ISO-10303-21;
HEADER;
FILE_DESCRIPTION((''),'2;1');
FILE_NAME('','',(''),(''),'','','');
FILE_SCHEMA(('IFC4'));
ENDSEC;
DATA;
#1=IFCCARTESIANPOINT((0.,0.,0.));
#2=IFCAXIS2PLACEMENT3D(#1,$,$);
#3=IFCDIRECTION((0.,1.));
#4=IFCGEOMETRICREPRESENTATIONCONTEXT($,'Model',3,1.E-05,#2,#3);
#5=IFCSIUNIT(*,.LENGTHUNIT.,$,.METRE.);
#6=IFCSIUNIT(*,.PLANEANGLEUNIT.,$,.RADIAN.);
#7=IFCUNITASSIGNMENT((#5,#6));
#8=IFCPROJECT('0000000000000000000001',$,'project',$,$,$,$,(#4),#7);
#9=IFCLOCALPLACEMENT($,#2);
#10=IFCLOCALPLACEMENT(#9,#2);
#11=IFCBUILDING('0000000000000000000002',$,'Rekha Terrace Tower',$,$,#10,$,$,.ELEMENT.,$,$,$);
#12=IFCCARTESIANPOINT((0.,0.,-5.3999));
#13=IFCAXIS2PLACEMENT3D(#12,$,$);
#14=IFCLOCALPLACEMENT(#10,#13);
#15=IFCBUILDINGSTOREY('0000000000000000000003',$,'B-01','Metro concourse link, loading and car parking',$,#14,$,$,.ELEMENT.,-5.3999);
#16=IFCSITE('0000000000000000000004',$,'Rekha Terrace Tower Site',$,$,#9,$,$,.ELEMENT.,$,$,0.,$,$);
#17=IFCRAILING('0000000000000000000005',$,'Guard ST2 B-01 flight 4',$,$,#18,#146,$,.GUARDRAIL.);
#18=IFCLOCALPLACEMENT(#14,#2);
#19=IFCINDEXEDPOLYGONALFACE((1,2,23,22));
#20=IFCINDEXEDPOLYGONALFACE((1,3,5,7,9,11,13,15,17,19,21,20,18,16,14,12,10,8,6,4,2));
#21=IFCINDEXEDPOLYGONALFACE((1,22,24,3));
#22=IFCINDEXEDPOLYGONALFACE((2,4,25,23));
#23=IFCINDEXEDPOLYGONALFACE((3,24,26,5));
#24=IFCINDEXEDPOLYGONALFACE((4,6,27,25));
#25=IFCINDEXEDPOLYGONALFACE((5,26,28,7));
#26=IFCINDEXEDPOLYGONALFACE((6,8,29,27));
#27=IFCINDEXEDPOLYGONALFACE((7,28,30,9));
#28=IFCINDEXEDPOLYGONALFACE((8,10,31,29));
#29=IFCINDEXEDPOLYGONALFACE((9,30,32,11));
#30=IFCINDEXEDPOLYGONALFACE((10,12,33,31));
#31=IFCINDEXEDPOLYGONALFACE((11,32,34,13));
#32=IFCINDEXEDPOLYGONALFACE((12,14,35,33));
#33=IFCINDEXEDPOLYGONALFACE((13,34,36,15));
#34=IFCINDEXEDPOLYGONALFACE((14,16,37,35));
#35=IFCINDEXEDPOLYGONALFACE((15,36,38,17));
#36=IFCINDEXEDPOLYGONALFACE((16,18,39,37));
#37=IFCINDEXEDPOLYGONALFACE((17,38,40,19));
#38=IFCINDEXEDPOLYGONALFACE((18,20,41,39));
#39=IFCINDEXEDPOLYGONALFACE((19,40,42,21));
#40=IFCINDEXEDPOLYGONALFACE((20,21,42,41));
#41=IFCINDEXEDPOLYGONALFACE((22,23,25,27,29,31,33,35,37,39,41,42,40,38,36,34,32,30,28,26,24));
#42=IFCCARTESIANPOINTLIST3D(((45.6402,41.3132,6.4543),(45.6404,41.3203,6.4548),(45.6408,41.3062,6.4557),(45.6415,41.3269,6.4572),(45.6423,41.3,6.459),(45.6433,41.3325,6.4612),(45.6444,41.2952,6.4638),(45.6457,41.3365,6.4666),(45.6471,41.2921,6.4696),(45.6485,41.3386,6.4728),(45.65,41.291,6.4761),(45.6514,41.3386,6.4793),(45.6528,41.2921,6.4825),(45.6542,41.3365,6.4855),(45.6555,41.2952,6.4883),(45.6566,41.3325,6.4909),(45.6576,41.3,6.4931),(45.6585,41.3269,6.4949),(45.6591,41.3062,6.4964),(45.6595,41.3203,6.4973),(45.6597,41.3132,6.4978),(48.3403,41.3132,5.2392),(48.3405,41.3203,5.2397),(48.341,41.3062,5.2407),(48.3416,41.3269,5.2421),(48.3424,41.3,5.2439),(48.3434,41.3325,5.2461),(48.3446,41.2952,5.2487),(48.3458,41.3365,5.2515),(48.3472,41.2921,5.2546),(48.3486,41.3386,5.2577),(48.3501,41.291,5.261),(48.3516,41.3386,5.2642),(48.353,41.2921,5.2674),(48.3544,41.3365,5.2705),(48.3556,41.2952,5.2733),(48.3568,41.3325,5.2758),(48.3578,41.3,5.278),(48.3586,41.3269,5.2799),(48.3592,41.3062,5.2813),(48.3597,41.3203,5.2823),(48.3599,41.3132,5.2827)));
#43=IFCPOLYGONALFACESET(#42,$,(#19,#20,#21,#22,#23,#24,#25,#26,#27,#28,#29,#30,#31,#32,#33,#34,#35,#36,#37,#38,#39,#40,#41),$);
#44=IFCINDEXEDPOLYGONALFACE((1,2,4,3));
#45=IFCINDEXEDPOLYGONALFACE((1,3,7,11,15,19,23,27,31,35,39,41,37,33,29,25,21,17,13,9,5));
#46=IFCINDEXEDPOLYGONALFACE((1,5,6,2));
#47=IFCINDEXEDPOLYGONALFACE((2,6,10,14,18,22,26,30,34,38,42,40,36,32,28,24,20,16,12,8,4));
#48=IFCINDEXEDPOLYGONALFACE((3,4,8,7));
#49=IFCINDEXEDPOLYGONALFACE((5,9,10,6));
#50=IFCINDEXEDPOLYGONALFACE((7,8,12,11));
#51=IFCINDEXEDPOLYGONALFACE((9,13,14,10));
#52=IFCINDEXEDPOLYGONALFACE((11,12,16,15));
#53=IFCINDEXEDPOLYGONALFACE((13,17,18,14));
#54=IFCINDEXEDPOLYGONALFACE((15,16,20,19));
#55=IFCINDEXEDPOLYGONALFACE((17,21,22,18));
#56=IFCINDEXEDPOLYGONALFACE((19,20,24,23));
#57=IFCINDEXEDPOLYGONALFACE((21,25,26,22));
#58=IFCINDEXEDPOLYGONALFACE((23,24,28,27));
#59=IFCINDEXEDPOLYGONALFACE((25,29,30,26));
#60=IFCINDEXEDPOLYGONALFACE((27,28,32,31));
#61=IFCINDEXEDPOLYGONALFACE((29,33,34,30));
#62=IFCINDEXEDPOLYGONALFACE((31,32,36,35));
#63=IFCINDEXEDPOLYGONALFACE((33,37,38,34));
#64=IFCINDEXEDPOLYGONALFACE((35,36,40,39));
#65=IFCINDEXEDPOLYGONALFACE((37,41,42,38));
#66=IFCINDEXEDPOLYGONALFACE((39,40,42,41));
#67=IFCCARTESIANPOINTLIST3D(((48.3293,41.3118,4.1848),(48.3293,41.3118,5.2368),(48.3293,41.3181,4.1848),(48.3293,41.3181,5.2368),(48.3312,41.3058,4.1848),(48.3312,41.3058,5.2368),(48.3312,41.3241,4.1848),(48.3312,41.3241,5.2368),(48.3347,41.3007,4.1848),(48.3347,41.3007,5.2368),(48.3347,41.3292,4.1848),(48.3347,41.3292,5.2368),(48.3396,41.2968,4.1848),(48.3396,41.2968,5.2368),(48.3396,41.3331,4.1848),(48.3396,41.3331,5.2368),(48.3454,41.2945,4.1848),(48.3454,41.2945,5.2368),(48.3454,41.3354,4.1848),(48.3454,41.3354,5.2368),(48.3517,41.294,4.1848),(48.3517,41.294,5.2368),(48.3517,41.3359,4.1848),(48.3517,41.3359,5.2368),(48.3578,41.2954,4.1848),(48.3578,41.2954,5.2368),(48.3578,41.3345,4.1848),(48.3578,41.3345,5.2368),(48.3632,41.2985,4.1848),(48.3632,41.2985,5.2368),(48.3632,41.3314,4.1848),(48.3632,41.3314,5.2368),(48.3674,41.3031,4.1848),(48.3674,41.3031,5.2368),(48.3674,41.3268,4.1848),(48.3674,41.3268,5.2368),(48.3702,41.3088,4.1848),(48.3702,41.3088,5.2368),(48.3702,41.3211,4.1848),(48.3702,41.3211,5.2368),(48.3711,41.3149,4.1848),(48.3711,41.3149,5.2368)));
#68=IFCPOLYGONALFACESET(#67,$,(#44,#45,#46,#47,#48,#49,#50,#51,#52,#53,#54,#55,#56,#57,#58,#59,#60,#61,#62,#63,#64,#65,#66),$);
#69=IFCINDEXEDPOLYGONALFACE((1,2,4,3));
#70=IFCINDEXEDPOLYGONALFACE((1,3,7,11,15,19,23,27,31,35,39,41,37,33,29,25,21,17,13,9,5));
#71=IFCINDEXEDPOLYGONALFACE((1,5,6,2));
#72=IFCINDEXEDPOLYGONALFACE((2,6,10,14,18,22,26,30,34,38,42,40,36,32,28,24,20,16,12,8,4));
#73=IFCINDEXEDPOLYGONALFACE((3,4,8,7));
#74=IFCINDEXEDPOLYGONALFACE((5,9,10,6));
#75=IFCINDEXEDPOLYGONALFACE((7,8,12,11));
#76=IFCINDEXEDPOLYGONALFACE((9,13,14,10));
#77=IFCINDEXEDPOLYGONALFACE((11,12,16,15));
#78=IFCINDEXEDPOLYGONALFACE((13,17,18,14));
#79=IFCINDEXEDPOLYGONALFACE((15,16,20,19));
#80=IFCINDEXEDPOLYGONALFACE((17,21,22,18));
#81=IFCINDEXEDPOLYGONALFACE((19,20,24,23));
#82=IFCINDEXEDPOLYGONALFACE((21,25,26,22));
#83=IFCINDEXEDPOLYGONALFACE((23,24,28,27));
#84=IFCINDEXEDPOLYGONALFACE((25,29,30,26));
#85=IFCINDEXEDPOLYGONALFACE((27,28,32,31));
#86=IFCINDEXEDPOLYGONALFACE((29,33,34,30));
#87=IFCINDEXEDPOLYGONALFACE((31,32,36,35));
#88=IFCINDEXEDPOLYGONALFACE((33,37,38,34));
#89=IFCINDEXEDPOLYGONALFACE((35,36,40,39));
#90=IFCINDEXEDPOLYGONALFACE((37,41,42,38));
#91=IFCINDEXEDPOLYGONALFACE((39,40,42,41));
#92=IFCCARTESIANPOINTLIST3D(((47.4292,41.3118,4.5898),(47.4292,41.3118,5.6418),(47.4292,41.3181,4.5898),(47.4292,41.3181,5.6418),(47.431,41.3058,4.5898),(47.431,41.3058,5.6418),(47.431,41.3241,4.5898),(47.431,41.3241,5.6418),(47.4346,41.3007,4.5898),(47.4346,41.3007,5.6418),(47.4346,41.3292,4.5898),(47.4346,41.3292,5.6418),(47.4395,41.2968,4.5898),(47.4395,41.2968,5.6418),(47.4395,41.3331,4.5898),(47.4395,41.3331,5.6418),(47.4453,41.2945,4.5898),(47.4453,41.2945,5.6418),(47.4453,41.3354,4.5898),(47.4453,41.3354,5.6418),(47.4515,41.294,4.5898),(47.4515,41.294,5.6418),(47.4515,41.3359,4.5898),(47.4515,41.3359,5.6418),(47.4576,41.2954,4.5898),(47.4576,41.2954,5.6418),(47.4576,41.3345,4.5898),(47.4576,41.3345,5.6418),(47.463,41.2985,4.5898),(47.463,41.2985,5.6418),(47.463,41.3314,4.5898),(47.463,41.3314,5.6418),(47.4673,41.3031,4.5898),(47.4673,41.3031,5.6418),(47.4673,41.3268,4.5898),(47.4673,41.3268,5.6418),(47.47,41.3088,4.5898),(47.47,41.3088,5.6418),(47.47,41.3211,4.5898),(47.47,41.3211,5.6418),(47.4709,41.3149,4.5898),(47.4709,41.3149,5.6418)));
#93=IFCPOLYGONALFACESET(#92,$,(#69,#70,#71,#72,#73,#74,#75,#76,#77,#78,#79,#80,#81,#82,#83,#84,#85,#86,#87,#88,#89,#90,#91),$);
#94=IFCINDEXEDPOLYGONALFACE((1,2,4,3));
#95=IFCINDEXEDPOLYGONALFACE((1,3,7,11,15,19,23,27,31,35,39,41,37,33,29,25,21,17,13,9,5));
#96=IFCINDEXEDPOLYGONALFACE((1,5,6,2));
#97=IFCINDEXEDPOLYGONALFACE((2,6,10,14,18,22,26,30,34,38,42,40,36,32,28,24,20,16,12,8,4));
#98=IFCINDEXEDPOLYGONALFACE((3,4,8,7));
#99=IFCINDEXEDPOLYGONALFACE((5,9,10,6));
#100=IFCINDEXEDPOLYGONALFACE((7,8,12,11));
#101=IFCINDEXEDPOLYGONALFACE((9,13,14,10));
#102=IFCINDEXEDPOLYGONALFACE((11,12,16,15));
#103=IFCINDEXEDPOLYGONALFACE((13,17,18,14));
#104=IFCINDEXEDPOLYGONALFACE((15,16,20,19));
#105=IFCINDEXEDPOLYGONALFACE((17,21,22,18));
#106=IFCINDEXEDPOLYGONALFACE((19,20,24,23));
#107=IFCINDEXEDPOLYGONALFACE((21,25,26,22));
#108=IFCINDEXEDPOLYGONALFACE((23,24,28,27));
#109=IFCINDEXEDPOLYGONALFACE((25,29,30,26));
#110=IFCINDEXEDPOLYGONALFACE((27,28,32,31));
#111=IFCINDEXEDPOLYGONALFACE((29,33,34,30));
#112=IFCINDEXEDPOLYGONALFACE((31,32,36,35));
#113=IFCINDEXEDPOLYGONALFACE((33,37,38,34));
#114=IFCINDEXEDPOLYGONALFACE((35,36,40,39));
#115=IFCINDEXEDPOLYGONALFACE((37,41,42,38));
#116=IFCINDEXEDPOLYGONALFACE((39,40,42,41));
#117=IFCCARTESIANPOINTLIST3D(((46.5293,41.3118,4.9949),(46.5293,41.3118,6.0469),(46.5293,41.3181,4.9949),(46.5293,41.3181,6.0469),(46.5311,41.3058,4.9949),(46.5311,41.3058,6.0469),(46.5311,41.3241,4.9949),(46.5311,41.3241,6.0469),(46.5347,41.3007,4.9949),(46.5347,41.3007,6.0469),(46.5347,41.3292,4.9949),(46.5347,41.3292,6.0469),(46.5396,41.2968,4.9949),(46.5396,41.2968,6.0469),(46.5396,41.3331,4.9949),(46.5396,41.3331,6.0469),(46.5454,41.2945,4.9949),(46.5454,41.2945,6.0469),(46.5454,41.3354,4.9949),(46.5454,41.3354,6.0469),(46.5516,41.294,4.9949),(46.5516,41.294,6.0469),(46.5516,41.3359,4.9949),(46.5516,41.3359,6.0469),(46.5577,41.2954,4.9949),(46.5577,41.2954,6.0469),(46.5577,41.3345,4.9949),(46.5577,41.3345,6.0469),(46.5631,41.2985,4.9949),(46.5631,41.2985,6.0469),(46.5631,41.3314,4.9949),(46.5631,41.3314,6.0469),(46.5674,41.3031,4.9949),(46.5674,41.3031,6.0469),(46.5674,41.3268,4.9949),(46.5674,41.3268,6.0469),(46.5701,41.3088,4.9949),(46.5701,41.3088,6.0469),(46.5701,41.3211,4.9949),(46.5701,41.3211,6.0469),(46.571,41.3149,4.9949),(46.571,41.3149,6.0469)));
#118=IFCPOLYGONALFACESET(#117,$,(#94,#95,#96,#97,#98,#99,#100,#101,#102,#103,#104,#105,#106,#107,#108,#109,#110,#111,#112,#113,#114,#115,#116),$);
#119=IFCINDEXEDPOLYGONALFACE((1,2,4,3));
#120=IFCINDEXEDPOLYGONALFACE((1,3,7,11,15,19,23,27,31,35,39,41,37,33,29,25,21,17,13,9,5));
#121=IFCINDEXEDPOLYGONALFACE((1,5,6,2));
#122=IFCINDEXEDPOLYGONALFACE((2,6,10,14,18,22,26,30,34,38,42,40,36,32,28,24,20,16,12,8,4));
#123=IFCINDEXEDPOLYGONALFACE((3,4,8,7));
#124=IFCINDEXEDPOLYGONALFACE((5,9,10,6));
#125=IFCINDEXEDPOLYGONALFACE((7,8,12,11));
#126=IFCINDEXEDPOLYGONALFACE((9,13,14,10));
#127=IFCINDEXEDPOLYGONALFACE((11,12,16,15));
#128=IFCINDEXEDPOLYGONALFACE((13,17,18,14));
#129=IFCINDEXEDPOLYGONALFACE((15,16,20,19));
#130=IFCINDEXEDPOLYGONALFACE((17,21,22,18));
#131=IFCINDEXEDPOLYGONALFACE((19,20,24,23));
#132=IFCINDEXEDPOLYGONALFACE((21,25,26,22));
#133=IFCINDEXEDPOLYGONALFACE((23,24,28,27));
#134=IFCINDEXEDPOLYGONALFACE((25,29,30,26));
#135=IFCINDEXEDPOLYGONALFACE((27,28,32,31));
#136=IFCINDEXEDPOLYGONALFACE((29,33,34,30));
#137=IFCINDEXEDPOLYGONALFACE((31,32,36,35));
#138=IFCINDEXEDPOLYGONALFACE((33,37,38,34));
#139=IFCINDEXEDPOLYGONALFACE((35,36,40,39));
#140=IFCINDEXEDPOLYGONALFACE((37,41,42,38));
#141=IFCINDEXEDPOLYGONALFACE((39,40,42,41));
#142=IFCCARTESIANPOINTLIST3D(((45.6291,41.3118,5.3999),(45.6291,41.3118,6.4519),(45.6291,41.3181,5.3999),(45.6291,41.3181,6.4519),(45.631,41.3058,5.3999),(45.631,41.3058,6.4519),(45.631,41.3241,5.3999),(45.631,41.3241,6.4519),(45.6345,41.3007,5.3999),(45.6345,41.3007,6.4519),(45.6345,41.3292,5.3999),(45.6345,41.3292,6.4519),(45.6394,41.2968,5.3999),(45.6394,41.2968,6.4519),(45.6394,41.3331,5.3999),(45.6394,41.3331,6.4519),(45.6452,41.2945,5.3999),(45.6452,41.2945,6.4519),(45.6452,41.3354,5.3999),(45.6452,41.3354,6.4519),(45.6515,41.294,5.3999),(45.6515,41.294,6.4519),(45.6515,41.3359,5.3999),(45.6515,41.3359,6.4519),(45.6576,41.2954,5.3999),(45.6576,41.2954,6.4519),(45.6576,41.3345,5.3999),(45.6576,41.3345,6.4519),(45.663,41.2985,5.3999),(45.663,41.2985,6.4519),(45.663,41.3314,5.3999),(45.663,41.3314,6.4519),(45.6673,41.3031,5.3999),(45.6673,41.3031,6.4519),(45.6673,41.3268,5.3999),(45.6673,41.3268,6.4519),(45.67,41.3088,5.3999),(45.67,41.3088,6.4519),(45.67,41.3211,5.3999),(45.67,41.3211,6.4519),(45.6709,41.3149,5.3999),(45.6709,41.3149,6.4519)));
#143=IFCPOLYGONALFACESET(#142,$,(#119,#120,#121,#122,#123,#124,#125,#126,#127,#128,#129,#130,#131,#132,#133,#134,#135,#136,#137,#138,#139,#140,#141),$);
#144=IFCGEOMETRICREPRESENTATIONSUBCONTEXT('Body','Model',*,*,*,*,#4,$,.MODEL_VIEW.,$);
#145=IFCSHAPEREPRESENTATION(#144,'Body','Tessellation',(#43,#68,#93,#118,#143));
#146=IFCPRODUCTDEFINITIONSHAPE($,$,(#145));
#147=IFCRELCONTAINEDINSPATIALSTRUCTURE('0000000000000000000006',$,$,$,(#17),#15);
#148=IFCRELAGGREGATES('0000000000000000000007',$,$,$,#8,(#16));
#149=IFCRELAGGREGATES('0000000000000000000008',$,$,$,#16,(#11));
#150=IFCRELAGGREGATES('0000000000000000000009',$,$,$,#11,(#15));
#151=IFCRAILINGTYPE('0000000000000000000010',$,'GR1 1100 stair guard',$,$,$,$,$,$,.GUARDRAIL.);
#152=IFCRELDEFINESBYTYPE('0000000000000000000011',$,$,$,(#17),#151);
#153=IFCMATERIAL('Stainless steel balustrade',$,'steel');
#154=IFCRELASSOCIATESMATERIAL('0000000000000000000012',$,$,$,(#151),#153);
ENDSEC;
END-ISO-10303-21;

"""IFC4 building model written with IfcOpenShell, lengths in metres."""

from ifc_helpers import new_model, si_unit, direction, frame, origin, origin_2d, place, context, subcontext, project, spatial, circle, extrude, material, type_object, element, save


model = new_model("IFC4")

# Units and contexts
model_context = context("Model", 3, precision=1e-05, world=origin(), true_north=direction((0.0, 1.0)))
body_context = subcontext(model_context, "Body", "Model", "MODEL_VIEW")
ifc_project = project(units=[si_unit("LENGTHUNIT", "METRE"), si_unit("PLANEANGLEUNIT", "RADIAN")], contexts=[model_context])

# Site, building, storey
site_placement = place(None, origin())
site = spatial("IfcSite", under=ifc_project, at=site_placement, Name="Rekha Terrace Tower Site", CompositionType="ELEMENT", RefElevation=0.0)
building_placement = place(site_placement, origin())
building = spatial("IfcBuilding", under=site, at=building_placement, Name="Rekha Terrace Tower", CompositionType="ELEMENT")
storey_placement = place(building_placement, frame((0.0, 0.0, -5.3999)))
storey = spatial("IfcBuildingStorey", under=building, at=storey_placement, Name="B-01", Description="Metro concourse link, loading and car parking", CompositionType="ELEMENT", Elevation=-5.3999)

# Railing
ifc_material_1 = material(Name="Stainless steel balustrade", Category="steel")
railing_type_1 = type_object("IfcRailingType", Name="GR1 1100 stair guard", PredefinedType="GUARDRAIL", material=ifc_material_1)
railing_1_placement = place(storey_placement, frame((48.3501, 41.3149, 4.1848)))
element("IfcRailing", 1, at=railing_1_placement, inside=storey, type_object=railing_type_1, Name="Guard ST2 B-01 flight 4", PredefinedType="GUARDRAIL", context=body_context, shape_type="SweptSolid", body=[
    extrude(circle(Radius=0.0239, at=origin_2d()), frame((0.0, 0.0, 1.0762), z_axis=(-0.911922, 0.0, 0.410365), x_axis=(0.0, -1.0, 0.0)), (0.0, 0.0, 1.0), 2.9609),
    extrude(circle(Radius=0.021, at=origin_2d()), origin(), (0.0, 0.0, 1.0), 1.052),
    extrude(circle(Radius=0.021, at=origin_2d()), frame((-0.9001, 0.0, 0.405)), (0.0, 0.0, 1.0), 1.052),
    extrude(circle(Radius=0.021, at=origin_2d()), frame((-1.8, 0.0, 0.8101)), (0.0, 0.0, 1.0), 1.052),
    extrude(circle(Radius=0.021, at=origin_2d()), frame((-2.7002, 0.0, 1.2151)), (0.0, 0.0, 1.0), 1.052),
])

save(model, "model.ifc")
